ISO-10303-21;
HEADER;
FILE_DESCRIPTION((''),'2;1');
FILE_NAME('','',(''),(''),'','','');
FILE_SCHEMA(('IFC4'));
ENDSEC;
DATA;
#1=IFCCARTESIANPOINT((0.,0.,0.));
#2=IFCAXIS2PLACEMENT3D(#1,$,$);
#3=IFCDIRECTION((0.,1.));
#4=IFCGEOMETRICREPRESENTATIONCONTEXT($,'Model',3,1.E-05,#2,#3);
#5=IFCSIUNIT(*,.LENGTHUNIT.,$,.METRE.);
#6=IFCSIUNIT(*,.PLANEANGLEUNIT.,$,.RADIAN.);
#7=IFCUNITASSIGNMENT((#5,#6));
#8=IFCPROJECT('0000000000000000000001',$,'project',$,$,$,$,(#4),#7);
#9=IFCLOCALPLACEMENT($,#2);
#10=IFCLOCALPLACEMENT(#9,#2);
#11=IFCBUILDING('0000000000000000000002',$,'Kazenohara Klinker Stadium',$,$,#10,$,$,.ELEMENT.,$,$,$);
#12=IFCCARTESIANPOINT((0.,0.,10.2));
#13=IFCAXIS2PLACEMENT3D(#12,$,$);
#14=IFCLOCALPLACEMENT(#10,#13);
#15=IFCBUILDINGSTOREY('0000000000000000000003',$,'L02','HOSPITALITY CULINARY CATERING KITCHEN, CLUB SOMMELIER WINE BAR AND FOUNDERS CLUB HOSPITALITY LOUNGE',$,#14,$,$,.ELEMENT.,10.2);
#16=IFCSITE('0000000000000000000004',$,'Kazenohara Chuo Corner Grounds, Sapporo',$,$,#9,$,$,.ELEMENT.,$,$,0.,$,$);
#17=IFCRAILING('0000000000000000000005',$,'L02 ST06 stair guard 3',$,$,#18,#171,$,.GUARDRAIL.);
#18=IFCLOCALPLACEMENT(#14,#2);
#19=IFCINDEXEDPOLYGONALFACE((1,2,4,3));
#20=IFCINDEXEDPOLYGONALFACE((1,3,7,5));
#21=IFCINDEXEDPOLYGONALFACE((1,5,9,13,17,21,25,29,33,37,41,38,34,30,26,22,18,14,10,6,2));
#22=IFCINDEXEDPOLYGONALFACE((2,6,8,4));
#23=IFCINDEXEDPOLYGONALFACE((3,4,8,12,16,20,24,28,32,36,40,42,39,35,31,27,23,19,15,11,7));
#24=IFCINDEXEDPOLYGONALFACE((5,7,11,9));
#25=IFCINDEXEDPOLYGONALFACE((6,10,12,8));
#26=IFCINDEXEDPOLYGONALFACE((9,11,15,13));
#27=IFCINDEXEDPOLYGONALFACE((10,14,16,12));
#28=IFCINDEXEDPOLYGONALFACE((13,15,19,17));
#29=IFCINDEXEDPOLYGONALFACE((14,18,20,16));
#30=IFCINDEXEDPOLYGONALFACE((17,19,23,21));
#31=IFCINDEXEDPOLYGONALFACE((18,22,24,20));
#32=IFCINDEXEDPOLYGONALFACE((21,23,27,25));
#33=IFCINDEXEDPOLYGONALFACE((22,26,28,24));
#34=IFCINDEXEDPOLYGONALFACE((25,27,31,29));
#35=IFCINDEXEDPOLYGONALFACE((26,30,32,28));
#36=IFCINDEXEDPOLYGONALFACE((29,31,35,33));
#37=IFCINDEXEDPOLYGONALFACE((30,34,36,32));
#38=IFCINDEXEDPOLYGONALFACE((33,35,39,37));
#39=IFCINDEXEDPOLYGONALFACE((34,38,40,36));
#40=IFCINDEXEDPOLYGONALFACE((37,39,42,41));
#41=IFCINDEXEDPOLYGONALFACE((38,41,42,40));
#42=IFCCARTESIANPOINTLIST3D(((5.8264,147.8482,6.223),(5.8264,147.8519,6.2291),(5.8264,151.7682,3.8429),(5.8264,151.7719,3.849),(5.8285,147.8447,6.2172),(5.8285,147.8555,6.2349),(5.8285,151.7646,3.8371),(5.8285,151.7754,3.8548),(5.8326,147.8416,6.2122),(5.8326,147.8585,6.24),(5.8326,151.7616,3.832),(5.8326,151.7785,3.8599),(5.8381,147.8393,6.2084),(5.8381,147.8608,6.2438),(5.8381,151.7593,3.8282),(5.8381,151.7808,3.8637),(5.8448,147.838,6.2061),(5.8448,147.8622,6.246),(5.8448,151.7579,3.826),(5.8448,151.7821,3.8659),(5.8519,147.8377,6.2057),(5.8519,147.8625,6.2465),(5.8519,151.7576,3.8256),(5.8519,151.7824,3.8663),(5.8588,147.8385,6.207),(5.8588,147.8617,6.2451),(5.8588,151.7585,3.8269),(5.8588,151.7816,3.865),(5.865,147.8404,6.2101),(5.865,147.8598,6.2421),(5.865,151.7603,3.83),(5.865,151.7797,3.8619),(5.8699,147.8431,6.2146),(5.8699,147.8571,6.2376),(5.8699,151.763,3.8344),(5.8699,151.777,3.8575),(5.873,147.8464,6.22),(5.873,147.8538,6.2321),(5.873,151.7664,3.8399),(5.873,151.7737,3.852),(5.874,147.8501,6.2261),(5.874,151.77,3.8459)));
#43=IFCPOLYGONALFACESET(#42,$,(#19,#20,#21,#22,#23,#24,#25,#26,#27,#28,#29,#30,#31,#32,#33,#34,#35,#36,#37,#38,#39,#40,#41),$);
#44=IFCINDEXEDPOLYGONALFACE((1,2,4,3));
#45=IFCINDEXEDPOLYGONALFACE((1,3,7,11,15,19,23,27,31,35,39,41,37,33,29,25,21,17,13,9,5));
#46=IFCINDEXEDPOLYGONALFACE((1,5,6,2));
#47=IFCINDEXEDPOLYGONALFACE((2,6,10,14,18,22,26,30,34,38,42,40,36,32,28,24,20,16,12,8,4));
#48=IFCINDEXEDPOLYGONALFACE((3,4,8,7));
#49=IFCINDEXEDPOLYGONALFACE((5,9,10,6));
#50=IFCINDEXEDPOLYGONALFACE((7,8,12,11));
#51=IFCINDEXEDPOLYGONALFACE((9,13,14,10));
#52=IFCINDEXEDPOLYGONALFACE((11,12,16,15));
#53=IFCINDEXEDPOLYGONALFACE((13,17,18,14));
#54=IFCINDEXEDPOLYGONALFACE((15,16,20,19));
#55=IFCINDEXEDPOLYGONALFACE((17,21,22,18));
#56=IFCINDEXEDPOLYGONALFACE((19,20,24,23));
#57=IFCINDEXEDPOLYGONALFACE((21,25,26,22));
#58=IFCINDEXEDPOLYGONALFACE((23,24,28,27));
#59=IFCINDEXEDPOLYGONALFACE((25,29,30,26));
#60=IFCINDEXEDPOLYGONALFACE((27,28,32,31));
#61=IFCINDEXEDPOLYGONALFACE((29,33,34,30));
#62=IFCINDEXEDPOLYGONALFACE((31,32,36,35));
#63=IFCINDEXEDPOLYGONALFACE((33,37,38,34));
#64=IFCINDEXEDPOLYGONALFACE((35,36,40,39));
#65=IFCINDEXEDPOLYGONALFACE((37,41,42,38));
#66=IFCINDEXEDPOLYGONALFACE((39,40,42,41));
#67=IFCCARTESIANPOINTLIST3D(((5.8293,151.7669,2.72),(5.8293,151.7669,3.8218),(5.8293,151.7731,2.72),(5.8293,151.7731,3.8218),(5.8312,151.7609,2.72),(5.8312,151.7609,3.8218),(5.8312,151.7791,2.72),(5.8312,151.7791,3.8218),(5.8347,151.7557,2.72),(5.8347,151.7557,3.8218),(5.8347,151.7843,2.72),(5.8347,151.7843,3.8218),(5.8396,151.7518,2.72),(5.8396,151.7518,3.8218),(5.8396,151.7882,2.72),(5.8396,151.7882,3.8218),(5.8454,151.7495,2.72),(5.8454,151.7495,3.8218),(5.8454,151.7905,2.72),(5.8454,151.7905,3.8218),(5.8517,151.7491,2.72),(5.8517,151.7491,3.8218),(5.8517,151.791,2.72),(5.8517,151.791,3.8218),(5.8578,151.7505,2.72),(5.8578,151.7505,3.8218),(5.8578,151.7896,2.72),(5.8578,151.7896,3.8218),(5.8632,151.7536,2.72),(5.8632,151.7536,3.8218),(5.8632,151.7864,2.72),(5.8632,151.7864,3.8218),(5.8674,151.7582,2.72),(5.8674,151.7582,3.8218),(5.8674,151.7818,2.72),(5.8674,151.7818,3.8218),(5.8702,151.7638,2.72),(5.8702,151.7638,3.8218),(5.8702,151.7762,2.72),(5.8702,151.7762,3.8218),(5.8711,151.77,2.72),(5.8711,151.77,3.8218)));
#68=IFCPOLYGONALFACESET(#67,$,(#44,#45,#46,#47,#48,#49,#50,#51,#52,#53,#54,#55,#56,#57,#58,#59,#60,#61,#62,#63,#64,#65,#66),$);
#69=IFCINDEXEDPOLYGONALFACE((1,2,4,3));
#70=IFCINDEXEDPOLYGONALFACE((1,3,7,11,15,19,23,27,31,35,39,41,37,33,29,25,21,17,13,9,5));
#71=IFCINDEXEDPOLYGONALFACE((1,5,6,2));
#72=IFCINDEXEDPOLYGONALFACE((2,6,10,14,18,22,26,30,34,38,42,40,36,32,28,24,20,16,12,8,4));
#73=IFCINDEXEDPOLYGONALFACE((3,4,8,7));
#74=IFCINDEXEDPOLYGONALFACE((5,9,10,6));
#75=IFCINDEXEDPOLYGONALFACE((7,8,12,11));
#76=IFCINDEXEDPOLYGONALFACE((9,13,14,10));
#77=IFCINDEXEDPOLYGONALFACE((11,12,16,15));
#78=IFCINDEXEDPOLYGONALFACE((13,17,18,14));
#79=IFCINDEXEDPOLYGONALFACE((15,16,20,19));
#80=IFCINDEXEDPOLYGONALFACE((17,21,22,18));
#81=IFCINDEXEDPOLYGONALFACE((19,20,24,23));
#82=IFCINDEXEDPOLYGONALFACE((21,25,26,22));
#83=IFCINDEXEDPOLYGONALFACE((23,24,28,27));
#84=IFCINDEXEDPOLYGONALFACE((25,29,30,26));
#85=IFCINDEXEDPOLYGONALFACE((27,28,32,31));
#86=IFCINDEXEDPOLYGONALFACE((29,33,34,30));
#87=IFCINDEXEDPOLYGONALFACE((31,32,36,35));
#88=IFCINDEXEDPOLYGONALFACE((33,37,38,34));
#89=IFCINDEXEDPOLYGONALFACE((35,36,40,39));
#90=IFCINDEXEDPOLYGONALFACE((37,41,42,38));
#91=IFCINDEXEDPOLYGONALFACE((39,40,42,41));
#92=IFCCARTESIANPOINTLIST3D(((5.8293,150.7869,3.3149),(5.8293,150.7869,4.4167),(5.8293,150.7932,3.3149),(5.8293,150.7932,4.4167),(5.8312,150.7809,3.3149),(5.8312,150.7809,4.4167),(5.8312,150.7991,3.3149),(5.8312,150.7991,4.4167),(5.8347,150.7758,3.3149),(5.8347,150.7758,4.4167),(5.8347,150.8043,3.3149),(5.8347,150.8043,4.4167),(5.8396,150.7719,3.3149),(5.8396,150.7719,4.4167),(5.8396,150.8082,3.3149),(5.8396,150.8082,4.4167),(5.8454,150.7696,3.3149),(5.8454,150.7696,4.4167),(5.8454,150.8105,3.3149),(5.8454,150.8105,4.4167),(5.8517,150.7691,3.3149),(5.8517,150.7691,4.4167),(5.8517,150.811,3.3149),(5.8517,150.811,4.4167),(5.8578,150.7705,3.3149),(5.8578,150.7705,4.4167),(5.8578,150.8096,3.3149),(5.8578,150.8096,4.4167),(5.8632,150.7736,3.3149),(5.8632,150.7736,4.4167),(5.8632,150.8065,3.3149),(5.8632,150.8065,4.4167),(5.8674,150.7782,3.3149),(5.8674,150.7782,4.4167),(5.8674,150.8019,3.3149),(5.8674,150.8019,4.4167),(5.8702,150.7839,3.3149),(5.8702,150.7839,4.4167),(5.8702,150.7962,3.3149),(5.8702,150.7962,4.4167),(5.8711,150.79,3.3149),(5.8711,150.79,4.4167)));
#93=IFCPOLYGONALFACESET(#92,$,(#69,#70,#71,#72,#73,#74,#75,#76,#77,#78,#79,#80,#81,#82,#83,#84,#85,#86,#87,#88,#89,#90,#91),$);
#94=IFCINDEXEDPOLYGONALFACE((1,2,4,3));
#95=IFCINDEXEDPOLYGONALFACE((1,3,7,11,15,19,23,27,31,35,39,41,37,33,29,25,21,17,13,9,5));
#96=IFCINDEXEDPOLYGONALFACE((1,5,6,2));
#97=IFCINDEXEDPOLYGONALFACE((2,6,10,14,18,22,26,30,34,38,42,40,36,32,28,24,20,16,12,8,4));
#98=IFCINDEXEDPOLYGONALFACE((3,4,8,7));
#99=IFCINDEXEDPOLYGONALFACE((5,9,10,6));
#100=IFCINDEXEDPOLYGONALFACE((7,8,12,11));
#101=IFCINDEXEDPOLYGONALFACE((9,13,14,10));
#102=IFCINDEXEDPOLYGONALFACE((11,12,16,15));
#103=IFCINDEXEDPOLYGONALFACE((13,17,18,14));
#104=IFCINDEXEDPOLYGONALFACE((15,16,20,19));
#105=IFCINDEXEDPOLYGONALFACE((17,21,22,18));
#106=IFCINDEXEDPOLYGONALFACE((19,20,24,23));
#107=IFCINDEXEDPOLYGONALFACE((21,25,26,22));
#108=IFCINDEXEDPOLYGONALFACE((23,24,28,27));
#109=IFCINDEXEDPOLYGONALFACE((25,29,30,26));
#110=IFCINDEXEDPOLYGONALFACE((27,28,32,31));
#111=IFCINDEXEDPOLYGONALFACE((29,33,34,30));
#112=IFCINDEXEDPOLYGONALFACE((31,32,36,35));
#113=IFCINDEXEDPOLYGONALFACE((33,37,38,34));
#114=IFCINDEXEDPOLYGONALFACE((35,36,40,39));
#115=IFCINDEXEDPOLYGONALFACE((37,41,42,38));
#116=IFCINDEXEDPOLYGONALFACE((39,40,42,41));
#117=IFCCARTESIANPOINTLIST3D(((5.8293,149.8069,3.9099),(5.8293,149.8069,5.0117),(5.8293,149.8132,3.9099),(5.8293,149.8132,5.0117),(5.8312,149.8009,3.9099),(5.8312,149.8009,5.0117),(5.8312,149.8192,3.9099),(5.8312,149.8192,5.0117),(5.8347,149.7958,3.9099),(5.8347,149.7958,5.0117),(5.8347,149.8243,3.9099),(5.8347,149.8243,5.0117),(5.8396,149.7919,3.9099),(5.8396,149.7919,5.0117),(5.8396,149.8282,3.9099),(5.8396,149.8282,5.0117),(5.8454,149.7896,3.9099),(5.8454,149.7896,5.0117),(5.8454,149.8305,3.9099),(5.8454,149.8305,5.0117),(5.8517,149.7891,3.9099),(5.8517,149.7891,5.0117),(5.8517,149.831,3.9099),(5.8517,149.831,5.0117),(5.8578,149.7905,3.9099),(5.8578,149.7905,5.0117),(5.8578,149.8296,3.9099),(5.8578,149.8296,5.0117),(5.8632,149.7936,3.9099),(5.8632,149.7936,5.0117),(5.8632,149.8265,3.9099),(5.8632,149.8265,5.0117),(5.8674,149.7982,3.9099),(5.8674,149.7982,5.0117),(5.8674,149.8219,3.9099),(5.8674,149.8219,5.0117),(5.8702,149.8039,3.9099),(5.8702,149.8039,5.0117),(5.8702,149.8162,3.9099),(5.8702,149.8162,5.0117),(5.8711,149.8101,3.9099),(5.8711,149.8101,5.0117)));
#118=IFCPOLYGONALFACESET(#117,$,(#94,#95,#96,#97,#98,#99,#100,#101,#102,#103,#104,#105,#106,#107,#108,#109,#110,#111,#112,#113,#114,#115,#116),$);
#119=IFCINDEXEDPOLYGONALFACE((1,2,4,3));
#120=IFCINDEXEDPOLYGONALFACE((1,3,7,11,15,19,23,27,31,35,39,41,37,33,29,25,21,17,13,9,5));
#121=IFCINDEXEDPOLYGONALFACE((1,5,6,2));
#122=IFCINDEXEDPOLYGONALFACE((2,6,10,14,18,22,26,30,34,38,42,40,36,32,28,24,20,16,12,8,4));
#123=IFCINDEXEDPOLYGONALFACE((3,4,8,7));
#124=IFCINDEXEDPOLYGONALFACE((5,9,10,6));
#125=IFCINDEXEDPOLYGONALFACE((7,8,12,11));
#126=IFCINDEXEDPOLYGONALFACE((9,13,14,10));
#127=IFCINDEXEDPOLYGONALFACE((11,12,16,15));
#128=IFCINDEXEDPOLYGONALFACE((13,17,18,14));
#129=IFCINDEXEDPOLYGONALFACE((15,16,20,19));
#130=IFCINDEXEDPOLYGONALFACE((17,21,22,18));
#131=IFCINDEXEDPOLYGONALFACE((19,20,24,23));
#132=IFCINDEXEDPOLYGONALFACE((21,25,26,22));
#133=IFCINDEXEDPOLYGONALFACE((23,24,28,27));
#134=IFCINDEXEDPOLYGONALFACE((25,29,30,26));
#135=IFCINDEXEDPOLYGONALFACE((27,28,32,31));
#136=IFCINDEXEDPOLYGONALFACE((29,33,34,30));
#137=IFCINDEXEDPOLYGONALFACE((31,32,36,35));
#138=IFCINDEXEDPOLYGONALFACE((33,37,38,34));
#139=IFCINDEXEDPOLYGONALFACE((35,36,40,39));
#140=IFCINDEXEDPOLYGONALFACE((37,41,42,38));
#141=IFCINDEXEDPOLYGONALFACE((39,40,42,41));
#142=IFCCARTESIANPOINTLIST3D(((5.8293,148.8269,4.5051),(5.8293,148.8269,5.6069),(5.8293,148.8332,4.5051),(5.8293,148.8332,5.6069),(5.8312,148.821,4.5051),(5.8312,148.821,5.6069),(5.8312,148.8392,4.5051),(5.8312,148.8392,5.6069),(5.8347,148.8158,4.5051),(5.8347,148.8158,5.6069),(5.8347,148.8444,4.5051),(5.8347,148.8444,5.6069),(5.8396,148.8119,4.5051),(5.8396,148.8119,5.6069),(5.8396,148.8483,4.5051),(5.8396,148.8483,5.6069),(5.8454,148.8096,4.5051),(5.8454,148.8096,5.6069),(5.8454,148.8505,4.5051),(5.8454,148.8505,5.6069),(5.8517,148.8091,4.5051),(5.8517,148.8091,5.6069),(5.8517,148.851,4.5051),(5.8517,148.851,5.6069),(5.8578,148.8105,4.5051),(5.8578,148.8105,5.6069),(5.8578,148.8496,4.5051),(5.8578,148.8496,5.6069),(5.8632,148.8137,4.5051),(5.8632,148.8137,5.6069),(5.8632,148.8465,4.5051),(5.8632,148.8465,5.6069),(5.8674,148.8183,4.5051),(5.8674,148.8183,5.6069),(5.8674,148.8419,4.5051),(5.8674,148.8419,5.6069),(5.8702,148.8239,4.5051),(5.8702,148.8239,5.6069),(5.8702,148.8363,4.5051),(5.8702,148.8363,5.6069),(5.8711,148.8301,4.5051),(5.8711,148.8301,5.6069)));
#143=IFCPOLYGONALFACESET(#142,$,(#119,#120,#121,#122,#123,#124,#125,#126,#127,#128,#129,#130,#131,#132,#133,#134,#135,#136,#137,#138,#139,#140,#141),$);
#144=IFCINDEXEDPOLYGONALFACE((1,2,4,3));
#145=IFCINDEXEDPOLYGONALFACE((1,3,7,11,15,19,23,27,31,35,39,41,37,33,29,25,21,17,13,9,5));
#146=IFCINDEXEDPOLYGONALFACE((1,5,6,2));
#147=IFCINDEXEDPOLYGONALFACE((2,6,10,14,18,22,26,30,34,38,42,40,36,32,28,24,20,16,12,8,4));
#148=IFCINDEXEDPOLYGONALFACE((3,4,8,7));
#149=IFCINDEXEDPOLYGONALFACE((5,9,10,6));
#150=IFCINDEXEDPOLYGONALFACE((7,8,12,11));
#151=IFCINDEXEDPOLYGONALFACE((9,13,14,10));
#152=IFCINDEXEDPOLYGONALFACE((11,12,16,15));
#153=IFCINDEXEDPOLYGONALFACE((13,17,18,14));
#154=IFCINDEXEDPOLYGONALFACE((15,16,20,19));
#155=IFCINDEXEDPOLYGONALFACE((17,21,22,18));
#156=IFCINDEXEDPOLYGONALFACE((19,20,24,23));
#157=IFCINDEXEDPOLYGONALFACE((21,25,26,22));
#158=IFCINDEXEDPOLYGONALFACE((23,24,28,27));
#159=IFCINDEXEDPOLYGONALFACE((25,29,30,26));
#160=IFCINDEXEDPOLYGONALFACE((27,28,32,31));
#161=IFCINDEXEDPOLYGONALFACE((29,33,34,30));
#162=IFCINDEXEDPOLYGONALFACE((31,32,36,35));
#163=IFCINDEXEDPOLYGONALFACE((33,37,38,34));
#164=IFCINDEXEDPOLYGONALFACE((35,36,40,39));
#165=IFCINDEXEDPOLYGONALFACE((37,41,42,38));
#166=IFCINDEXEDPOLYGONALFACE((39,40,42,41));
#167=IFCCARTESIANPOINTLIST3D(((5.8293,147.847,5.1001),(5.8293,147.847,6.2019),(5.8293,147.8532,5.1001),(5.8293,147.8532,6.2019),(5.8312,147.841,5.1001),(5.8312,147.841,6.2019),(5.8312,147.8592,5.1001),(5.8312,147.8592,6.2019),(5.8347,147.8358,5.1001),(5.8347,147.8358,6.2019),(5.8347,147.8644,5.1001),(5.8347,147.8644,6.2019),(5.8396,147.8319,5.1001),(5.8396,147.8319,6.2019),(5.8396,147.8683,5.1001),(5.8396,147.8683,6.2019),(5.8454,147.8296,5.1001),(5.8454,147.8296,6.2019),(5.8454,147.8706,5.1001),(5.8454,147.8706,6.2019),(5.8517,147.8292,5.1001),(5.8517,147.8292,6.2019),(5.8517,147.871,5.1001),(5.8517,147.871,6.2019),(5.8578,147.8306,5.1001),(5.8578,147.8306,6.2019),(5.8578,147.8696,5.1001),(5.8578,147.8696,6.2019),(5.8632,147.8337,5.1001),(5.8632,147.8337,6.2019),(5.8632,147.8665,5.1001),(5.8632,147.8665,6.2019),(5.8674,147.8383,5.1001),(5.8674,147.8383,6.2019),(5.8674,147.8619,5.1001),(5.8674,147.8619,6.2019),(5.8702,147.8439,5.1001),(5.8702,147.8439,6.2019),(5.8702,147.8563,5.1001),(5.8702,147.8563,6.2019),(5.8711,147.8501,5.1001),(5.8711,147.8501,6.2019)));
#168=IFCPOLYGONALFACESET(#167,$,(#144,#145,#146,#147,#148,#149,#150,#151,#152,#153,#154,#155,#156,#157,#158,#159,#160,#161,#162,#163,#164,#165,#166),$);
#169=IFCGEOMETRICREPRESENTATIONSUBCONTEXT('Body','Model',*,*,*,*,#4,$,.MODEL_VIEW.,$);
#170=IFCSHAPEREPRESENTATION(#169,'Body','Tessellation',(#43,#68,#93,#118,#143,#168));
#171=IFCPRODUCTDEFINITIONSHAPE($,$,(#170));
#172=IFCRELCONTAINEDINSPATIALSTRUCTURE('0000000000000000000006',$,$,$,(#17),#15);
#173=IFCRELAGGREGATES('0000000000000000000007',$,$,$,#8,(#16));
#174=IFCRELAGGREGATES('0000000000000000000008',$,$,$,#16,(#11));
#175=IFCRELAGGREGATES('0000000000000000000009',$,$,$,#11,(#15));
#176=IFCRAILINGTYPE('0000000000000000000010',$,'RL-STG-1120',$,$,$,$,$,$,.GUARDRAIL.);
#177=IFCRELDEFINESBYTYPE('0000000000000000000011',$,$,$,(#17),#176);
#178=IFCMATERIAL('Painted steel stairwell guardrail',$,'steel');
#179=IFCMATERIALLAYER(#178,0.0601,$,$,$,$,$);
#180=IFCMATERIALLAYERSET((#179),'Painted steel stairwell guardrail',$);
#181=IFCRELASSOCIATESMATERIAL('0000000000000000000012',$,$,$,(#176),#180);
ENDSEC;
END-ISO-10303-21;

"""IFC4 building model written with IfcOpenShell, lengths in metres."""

from ifc_helpers import new_model, si_unit, direction, frame, origin, origin_2d, place, context, subcontext, project, spatial, circle, extrude, material, layer, layer_set, type_object, element, save


model = new_model("IFC4")

# Units and contexts
model_context = context("Model", 3, precision=1e-05, world=origin(), true_north=direction((0.0, 1.0)))
body_context = subcontext(model_context, "Body", "Model", "MODEL_VIEW")
ifc_project = project(units=[si_unit("LENGTHUNIT", "METRE"), si_unit("PLANEANGLEUNIT", "RADIAN")], contexts=[model_context])

# Site, building, storey
site_placement = place(None, origin())
site = spatial("IfcSite", under=ifc_project, at=site_placement, Name="Kazenohara Chuo Corner Grounds, Sapporo", CompositionType="ELEMENT", RefElevation=0.0)
building_placement = place(site_placement, origin())
building = spatial("IfcBuilding", under=site, at=building_placement, Name="Kazenohara Klinker Stadium", CompositionType="ELEMENT")
storey_placement = place(building_placement, frame((0.0, 0.0, 10.2)))
storey = spatial("IfcBuildingStorey", under=building, at=storey_placement, Name="L02", Description="HOSPITALITY CULINARY CATERING KITCHEN, CLUB SOMMELIER WINE BAR AND FOUNDERS CLUB HOSPITALITY LOUNGE", CompositionType="ELEMENT", Elevation=10.2)

# Railing
ifc_material_1 = material(Name="Painted steel stairwell guardrail", Category="steel")
ifc_layer_1 = layer(ifc_material_1, 0.0601)
ifc_layer_set_1 = layer_set([ifc_layer_1], Name="Painted steel stairwell guardrail")
railing_type_1 = type_object("IfcRailingType", Name="RL-STG-1120", PredefinedType="GUARDRAIL", material=ifc_layer_set_1)
railing_1_placement = place(storey_placement, frame((5.8501, 151.77, 2.72)))
element("IfcRailing", 1, at=railing_1_placement, inside=storey, type_object=railing_type_1, Name="L02 ST06 stair guard 3", PredefinedType="GUARDRAIL", context=body_context, shape_type="SweptSolid", body=[
    extrude(circle(Radius=0.0239, at=origin_2d()), frame((0.0, 0.0, 1.126), z_axis=(0.0, -0.854771, 0.519006), x_axis=(1.0, 0.0, 0.0)), (0.0, 0.0, 1.0), 4.5859),
    extrude(circle(Radius=0.021, at=origin_2d()), origin(), (0.0, 0.0, 1.0), 1.1018),
    extrude(circle(Radius=0.021, at=origin_2d()), frame((0.0, -0.98, 0.595)), (0.0, 0.0, 1.0), 1.1018),
    extrude(circle(Radius=0.021, at=origin_2d()), frame((0.0, -1.96, 1.1899)), (0.0, 0.0, 1.0), 1.1018),
    extrude(circle(Radius=0.021, at=origin_2d()), frame((0.0, -2.9399, 1.7852)), (0.0, 0.0, 1.0), 1.1018),
    extrude(circle(Radius=0.021, at=origin_2d()), frame((0.0, -3.9199, 2.3801)), (0.0, 0.0, 1.0), 1.1018),
])

save(model, "model.ifc")
